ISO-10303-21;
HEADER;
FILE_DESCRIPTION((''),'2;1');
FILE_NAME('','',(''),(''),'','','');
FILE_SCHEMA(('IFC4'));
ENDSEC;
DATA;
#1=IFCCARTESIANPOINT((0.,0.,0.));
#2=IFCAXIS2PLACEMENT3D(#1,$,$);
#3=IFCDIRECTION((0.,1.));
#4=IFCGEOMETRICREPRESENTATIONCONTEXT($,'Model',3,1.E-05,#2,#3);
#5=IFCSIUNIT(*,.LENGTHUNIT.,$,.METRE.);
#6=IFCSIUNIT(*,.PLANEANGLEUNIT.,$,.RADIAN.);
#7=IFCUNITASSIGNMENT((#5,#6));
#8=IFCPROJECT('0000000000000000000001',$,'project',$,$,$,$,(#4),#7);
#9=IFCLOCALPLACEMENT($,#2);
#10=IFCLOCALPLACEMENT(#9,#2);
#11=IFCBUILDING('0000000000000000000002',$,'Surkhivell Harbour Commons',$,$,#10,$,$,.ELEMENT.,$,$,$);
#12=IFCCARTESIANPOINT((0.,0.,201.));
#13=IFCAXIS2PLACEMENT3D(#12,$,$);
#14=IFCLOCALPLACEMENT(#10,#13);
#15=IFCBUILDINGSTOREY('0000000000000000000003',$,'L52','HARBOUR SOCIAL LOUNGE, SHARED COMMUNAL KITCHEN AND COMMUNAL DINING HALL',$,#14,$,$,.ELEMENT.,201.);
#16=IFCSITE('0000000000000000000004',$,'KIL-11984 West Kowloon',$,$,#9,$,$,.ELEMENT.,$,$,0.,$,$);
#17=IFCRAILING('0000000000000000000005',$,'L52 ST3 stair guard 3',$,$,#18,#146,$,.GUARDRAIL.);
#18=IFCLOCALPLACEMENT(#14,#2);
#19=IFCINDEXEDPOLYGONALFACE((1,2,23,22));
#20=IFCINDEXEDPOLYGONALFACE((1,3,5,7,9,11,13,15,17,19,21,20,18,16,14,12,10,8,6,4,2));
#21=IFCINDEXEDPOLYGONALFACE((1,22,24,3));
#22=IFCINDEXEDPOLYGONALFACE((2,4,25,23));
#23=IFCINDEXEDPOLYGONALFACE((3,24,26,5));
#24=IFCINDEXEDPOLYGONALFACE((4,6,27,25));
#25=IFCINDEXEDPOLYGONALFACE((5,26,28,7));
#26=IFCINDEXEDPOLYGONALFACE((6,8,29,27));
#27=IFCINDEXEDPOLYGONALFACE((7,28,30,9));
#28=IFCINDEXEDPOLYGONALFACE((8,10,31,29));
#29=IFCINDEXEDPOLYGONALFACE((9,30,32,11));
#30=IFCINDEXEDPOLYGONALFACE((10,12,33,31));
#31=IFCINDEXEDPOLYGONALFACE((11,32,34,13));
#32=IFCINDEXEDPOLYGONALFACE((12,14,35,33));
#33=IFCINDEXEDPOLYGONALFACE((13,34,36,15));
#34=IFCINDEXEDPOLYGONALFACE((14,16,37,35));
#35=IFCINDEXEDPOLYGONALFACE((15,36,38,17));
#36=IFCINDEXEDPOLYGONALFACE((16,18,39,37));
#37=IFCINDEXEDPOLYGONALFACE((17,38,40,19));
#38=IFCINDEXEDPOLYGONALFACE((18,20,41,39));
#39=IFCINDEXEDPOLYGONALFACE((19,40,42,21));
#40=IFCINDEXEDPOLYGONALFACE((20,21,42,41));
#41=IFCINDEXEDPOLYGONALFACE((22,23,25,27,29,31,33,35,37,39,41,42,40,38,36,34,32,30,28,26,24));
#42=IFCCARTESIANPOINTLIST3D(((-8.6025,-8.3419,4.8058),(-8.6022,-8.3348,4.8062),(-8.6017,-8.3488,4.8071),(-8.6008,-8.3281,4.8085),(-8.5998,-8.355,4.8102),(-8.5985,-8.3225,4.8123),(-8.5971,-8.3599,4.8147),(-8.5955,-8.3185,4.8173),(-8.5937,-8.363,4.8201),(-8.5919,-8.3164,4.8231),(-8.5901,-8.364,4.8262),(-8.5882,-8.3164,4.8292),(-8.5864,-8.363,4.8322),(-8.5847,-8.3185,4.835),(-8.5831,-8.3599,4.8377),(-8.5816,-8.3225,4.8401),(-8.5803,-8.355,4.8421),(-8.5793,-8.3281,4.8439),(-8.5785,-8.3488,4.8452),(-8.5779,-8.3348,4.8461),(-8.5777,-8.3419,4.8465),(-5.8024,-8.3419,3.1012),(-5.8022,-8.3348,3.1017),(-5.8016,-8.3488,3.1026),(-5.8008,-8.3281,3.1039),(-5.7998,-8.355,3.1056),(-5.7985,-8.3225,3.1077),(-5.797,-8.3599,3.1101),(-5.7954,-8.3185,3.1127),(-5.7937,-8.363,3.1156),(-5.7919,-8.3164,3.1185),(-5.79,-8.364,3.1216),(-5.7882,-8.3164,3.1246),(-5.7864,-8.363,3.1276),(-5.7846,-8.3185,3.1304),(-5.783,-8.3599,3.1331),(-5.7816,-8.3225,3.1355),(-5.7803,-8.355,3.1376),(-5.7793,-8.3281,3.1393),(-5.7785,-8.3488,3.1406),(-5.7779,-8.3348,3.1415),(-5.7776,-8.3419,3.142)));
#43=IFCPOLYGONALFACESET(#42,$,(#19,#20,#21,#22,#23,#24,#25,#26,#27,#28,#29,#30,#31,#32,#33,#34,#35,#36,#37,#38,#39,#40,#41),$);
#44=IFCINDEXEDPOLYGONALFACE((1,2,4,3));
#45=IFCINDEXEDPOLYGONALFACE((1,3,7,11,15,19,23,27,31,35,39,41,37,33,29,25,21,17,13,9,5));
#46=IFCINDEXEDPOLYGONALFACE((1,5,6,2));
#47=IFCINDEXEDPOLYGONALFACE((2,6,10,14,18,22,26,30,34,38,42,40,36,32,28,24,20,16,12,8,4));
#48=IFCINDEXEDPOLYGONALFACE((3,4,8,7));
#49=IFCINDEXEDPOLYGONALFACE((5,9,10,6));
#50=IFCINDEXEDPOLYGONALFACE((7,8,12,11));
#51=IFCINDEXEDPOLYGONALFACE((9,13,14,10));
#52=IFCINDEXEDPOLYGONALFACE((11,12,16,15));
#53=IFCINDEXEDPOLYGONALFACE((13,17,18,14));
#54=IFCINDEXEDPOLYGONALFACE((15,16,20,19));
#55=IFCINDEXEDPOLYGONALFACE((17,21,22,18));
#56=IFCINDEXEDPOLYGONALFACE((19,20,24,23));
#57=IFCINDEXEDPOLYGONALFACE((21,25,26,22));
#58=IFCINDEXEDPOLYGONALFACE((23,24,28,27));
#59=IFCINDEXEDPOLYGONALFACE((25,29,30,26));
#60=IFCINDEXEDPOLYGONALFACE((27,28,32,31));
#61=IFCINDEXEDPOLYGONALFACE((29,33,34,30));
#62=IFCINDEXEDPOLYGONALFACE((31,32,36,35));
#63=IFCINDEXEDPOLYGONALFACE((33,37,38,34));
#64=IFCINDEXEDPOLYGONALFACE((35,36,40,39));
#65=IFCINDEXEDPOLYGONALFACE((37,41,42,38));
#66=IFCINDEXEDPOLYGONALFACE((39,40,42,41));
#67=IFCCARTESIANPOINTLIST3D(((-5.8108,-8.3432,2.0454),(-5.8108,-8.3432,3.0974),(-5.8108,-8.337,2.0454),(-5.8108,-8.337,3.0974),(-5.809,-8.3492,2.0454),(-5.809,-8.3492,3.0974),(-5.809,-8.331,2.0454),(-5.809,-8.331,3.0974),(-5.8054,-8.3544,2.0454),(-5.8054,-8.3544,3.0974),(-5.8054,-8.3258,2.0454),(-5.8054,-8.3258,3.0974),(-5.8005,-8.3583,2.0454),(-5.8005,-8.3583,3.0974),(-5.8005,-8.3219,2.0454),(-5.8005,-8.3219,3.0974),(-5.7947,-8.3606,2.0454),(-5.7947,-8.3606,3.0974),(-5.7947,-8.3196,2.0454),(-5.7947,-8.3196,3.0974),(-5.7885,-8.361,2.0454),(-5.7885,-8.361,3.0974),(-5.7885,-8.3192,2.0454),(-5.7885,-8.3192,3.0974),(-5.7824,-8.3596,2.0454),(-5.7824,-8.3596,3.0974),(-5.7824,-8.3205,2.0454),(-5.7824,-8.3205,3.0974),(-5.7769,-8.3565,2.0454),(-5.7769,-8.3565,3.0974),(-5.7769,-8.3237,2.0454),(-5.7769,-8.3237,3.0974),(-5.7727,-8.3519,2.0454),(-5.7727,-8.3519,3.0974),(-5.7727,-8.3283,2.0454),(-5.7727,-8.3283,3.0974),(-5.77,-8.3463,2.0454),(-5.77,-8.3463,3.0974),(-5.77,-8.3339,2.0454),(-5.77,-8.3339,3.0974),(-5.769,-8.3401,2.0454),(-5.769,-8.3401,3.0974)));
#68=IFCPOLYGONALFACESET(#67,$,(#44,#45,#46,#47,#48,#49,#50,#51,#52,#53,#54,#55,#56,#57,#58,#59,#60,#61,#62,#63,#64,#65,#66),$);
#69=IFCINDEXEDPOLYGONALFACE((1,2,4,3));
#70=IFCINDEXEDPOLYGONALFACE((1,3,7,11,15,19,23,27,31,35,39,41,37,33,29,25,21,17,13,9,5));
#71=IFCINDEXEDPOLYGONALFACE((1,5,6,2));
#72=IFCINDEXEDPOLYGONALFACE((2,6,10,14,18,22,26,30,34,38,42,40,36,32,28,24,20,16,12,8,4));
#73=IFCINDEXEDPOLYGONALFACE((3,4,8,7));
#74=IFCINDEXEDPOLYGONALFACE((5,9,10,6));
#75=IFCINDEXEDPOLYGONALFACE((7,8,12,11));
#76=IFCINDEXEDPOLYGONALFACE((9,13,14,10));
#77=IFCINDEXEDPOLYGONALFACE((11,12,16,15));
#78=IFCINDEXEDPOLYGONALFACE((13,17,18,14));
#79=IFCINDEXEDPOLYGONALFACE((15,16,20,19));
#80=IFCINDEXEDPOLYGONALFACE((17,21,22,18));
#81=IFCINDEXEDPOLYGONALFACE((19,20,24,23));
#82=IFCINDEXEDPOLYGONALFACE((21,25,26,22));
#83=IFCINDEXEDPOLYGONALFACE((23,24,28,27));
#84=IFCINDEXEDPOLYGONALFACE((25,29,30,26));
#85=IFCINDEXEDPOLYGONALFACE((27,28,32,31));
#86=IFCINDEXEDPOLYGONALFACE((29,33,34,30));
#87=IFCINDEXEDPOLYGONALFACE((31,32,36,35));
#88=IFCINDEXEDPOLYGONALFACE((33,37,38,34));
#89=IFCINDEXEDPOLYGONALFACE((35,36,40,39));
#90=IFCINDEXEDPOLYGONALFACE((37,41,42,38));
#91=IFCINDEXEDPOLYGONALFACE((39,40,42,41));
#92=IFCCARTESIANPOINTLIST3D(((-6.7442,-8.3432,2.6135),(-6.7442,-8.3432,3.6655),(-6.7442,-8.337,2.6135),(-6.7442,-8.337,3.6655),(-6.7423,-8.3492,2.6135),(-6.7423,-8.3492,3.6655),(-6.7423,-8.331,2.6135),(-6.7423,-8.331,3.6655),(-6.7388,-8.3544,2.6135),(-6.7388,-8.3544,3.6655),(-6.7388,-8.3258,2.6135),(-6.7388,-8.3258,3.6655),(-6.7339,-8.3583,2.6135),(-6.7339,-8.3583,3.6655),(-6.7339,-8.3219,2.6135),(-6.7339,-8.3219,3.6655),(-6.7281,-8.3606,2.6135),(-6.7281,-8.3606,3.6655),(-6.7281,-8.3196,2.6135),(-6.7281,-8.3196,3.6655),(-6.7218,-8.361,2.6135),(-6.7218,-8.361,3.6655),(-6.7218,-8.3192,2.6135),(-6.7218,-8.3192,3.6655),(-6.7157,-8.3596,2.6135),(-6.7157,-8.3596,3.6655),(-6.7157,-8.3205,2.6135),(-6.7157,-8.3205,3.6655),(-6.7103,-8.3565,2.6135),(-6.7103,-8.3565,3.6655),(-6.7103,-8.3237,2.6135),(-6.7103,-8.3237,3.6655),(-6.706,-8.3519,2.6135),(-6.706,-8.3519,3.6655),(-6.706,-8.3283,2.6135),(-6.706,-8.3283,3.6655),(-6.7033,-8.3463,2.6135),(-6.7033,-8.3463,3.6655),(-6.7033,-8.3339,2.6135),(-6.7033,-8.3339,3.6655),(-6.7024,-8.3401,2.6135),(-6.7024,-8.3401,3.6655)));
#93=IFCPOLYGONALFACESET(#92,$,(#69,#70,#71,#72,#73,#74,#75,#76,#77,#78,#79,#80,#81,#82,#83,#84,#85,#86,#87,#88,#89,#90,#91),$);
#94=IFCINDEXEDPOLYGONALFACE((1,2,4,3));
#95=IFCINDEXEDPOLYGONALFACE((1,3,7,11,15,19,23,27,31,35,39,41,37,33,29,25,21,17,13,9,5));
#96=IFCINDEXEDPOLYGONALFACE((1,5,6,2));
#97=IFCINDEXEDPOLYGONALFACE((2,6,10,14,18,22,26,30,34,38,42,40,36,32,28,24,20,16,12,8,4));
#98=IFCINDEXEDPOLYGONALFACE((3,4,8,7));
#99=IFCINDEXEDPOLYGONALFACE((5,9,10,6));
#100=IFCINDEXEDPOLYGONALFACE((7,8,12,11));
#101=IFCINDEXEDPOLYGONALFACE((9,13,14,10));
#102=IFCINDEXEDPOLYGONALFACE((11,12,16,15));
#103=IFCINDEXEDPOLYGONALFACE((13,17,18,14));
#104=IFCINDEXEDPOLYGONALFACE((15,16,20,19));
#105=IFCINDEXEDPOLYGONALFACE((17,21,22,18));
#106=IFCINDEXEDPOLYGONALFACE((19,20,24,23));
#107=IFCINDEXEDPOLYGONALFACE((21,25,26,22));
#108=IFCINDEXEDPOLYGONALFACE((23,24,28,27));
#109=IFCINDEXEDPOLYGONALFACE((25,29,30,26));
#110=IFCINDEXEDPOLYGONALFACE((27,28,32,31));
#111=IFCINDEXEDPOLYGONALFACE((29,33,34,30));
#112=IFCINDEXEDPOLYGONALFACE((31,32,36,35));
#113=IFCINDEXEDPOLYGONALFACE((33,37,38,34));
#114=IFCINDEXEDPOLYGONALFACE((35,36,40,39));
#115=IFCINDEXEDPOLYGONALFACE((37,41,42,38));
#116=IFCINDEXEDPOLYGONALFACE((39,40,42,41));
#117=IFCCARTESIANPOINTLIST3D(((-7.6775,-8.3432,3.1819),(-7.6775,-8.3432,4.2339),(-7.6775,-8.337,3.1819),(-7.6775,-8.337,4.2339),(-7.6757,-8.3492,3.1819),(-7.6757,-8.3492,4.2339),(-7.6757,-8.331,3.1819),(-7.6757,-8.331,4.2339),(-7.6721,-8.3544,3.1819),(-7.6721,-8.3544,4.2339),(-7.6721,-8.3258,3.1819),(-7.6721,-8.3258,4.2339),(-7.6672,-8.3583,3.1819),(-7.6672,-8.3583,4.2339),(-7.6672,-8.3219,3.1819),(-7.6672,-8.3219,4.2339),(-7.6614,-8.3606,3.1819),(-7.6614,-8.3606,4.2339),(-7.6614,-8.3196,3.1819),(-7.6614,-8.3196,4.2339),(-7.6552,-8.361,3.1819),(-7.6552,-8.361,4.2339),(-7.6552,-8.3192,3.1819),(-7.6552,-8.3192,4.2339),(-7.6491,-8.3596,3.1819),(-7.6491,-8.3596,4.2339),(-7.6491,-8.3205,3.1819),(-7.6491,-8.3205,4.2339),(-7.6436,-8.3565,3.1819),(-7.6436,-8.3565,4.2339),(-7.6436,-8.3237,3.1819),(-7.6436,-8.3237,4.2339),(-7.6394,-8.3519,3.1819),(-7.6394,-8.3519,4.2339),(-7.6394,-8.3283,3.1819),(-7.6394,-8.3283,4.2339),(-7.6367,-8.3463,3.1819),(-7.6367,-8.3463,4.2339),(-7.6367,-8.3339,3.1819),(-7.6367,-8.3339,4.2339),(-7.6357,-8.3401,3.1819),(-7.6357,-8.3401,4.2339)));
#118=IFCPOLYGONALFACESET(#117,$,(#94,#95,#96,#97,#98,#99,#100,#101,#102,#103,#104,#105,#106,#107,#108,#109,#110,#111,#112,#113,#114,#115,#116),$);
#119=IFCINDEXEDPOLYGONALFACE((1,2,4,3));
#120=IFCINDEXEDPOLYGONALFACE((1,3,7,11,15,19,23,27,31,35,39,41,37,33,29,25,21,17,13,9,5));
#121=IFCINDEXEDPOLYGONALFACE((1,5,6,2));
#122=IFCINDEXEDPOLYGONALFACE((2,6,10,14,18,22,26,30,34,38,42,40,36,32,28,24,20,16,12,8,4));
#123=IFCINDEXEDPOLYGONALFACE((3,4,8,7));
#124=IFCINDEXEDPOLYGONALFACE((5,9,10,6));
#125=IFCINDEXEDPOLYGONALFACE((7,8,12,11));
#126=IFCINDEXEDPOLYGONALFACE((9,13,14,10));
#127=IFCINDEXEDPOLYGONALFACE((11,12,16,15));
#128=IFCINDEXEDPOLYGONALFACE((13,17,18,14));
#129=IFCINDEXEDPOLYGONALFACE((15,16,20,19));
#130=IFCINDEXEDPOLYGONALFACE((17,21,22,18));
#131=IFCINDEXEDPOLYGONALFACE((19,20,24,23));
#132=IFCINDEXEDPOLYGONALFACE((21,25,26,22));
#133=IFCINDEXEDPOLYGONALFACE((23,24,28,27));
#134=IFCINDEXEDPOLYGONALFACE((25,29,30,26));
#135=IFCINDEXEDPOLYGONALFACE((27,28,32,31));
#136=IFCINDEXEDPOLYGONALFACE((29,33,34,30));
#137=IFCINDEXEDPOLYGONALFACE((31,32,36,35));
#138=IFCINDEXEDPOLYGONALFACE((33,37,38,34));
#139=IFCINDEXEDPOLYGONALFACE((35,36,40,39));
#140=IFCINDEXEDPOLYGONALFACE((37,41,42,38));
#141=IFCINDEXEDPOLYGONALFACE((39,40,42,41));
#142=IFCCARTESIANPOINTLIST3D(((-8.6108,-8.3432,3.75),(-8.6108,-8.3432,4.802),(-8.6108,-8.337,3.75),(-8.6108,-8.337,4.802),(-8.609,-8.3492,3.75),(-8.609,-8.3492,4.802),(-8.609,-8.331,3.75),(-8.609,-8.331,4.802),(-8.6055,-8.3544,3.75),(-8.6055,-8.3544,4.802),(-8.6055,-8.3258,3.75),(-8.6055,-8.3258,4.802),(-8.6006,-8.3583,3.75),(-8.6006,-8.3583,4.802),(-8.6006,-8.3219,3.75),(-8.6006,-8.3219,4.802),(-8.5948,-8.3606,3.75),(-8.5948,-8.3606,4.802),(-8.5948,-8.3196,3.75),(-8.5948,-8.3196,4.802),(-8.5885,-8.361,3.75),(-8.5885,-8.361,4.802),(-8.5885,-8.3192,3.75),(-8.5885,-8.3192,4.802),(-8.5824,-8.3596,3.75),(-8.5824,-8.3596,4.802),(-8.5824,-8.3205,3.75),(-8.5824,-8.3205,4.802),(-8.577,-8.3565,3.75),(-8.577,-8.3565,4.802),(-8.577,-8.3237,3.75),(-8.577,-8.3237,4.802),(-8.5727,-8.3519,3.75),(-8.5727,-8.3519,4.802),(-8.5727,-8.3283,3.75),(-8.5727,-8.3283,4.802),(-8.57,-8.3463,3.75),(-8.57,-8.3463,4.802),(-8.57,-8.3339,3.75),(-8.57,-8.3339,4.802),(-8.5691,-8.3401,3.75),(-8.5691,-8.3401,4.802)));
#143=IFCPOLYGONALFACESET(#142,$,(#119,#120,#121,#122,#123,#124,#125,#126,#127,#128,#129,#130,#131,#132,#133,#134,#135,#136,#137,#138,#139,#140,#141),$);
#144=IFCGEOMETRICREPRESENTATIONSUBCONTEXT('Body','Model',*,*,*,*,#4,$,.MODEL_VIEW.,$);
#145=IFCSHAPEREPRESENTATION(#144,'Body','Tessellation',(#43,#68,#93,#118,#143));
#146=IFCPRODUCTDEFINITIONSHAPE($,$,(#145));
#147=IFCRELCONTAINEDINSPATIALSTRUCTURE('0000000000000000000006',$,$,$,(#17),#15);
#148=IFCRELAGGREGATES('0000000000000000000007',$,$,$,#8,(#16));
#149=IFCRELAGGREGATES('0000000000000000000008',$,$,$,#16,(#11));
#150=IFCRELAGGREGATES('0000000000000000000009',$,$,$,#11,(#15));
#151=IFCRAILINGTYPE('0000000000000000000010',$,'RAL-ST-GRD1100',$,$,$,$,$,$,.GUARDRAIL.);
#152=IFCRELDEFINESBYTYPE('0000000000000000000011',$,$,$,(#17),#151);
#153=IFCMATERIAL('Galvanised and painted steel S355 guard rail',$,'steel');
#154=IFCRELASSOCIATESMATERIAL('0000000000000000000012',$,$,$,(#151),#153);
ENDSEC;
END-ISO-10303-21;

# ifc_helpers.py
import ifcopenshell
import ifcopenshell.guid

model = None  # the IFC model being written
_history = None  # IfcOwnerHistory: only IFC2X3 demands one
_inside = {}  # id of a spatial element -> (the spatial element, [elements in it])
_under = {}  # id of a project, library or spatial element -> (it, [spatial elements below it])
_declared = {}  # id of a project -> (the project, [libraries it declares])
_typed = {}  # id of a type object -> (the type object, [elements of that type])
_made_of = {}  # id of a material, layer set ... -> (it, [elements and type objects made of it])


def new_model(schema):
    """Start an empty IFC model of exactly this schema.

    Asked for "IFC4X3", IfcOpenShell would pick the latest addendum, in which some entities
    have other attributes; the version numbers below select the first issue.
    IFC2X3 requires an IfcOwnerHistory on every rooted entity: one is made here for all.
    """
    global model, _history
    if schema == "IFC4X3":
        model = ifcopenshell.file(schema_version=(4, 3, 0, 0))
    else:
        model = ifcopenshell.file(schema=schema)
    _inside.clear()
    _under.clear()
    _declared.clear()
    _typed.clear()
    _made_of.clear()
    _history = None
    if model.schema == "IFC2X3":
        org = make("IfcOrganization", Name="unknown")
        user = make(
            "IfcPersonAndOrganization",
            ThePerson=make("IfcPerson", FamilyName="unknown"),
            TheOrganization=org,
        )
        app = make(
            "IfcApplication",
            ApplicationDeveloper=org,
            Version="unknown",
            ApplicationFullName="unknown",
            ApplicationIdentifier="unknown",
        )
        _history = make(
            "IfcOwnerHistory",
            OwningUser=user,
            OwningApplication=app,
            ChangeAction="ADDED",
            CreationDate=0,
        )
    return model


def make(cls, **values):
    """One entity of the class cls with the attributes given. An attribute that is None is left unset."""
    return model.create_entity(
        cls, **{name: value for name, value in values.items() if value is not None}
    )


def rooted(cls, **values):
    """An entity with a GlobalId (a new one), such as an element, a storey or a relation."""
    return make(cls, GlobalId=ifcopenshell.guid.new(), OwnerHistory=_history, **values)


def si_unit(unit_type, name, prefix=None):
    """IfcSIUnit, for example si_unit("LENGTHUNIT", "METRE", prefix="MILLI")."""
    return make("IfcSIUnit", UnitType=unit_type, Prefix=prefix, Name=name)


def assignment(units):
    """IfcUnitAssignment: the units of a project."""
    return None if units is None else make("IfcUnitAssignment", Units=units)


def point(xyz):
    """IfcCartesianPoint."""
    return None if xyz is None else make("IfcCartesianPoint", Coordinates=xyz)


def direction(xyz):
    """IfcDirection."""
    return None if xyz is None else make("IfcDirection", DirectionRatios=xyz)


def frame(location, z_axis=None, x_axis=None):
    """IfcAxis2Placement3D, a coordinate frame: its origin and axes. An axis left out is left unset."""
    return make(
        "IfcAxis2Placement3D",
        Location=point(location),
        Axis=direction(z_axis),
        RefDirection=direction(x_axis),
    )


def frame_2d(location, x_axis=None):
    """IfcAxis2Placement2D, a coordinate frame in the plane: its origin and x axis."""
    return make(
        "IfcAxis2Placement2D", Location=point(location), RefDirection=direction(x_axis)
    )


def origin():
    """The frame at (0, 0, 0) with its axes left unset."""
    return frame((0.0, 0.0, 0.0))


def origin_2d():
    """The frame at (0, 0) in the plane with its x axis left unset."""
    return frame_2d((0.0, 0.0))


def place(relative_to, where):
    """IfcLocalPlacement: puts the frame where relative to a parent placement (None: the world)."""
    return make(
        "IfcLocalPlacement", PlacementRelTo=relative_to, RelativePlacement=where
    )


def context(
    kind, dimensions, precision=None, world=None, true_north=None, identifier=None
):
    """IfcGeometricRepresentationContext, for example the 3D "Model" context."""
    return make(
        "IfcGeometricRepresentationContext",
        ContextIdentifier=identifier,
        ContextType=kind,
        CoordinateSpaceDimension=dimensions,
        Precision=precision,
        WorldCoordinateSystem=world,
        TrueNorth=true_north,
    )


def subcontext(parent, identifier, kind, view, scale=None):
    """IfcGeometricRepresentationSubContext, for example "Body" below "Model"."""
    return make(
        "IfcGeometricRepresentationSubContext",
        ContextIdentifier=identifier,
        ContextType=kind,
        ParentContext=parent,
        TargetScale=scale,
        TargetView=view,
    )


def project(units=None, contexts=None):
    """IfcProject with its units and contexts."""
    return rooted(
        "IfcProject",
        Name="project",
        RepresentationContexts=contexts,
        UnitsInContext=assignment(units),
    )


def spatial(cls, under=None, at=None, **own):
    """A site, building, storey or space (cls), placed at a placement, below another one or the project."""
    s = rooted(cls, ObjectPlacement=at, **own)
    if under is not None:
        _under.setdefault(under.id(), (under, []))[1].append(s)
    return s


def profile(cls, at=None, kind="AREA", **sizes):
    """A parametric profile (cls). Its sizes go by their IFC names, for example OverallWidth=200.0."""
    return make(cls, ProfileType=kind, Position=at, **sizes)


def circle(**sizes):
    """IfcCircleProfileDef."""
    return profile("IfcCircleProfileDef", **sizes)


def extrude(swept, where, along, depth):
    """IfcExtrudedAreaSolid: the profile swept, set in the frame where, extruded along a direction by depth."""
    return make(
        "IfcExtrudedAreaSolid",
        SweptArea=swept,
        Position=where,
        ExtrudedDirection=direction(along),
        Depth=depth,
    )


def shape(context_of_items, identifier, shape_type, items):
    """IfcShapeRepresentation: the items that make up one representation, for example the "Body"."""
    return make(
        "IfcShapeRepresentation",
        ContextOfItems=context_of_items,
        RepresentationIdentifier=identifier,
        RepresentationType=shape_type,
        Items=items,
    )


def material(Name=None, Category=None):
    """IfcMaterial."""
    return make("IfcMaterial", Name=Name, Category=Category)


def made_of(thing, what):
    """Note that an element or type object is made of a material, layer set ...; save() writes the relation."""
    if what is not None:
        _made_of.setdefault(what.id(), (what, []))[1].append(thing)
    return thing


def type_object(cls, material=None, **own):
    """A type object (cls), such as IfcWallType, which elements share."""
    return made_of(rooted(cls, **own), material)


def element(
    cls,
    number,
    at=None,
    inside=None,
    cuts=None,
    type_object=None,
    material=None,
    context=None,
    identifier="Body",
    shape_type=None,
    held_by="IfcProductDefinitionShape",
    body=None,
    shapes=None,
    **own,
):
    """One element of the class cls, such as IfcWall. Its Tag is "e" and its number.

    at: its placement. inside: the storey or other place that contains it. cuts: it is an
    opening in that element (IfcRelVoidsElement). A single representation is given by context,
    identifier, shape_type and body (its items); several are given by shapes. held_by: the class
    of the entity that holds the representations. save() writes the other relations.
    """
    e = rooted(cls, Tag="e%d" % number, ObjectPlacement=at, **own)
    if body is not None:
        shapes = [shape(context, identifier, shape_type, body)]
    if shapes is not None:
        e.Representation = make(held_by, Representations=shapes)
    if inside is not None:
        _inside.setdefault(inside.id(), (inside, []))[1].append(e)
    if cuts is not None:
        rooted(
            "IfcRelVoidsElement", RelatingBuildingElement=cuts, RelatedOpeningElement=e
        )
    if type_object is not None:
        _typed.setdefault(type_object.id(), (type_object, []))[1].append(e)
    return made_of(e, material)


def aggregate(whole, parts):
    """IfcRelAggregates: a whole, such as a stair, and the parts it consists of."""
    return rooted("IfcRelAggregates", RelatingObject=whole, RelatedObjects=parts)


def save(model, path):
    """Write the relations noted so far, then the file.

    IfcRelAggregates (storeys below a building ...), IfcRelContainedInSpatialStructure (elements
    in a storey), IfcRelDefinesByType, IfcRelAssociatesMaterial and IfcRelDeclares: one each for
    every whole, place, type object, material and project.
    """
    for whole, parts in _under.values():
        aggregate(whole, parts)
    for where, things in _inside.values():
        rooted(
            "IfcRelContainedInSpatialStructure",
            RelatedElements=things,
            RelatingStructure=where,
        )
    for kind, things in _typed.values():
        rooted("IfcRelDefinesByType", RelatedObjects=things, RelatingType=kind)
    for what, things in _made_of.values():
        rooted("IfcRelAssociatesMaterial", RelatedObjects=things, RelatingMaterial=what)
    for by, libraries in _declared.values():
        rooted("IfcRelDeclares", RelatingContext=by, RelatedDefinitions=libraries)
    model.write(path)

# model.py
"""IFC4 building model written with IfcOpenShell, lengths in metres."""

from ifc_helpers import new_model, si_unit, direction, frame, origin, origin_2d, place, context, subcontext, project, spatial, circle, extrude, material, type_object, element, save


model = new_model("IFC4")

# Units and contexts
model_context = context("Model", 3, precision=1e-05, world=origin(), true_north=direction((0.0, 1.0)))
body_context = subcontext(model_context, "Body", "Model", "MODEL_VIEW")
ifc_project = project(units=[si_unit("LENGTHUNIT", "METRE"), si_unit("PLANEANGLEUNIT", "RADIAN")], contexts=[model_context])

# Site, building, storey
site_placement = place(None, origin())
site = spatial("IfcSite", under=ifc_project, at=site_placement, Name="KIL-11984 West Kowloon", CompositionType="ELEMENT", RefElevation=0.0)
building_placement = place(site_placement, origin())
building = spatial("IfcBuilding", under=site, at=building_placement, Name="Surkhivell Harbour Commons", CompositionType="ELEMENT")
storey_placement = place(building_placement, frame((0.0, 0.0, 201.0)))
storey = spatial("IfcBuildingStorey", under=building, at=storey_placement, Name="L52", Description="HARBOUR SOCIAL LOUNGE, SHARED COMMUNAL KITCHEN AND COMMUNAL DINING HALL", CompositionType="ELEMENT", Elevation=201.0)

# Railing
ifc_material_1 = material(Name="Galvanised and painted steel S355 guard rail", Category="steel")
railing_type_1 = type_object("IfcRailingType", Name="RAL-ST-GRD1100", PredefinedType="GUARDRAIL", material=ifc_material_1)
railing_1_placement = place(storey_placement, frame((-5.79, -8.3401, 2.0454)))
element("IfcRailing", 1, at=railing_1_placement, inside=storey, type_object=railing_type_1, Name="L52 ST3 stair guard 3", PredefinedType="GUARDRAIL", context=body_context, shape_type="SweptSolid", body=[
    extrude(circle(Radius=0.0239, at=origin_2d()), frame((0.0, 0.0, 1.0762), z_axis=(-0.85417, 0.0, 0.519994), x_axis=(0.0, -1.0, 0.0)), (0.0, 0.0, 1.0), 3.2781),
    extrude(circle(Radius=0.021, at=origin_2d()), origin(), (0.0, 0.0, 1.0), 1.052),
    extrude(circle(Radius=0.021, at=origin_2d()), frame((-0.9333, 0.0, 0.5681)), (0.0, 0.0, 1.0), 1.052),
    extrude(circle(Radius=0.021, at=origin_2d()), frame((-1.8667, 0.0, 1.1365)), (0.0, 0.0, 1.0), 1.052),
    extrude(circle(Radius=0.021, at=origin_2d()), frame((-2.8, 0.0, 1.7046)), (0.0, 0.0, 1.0), 1.052),
])

save(model, "model.ifc")
